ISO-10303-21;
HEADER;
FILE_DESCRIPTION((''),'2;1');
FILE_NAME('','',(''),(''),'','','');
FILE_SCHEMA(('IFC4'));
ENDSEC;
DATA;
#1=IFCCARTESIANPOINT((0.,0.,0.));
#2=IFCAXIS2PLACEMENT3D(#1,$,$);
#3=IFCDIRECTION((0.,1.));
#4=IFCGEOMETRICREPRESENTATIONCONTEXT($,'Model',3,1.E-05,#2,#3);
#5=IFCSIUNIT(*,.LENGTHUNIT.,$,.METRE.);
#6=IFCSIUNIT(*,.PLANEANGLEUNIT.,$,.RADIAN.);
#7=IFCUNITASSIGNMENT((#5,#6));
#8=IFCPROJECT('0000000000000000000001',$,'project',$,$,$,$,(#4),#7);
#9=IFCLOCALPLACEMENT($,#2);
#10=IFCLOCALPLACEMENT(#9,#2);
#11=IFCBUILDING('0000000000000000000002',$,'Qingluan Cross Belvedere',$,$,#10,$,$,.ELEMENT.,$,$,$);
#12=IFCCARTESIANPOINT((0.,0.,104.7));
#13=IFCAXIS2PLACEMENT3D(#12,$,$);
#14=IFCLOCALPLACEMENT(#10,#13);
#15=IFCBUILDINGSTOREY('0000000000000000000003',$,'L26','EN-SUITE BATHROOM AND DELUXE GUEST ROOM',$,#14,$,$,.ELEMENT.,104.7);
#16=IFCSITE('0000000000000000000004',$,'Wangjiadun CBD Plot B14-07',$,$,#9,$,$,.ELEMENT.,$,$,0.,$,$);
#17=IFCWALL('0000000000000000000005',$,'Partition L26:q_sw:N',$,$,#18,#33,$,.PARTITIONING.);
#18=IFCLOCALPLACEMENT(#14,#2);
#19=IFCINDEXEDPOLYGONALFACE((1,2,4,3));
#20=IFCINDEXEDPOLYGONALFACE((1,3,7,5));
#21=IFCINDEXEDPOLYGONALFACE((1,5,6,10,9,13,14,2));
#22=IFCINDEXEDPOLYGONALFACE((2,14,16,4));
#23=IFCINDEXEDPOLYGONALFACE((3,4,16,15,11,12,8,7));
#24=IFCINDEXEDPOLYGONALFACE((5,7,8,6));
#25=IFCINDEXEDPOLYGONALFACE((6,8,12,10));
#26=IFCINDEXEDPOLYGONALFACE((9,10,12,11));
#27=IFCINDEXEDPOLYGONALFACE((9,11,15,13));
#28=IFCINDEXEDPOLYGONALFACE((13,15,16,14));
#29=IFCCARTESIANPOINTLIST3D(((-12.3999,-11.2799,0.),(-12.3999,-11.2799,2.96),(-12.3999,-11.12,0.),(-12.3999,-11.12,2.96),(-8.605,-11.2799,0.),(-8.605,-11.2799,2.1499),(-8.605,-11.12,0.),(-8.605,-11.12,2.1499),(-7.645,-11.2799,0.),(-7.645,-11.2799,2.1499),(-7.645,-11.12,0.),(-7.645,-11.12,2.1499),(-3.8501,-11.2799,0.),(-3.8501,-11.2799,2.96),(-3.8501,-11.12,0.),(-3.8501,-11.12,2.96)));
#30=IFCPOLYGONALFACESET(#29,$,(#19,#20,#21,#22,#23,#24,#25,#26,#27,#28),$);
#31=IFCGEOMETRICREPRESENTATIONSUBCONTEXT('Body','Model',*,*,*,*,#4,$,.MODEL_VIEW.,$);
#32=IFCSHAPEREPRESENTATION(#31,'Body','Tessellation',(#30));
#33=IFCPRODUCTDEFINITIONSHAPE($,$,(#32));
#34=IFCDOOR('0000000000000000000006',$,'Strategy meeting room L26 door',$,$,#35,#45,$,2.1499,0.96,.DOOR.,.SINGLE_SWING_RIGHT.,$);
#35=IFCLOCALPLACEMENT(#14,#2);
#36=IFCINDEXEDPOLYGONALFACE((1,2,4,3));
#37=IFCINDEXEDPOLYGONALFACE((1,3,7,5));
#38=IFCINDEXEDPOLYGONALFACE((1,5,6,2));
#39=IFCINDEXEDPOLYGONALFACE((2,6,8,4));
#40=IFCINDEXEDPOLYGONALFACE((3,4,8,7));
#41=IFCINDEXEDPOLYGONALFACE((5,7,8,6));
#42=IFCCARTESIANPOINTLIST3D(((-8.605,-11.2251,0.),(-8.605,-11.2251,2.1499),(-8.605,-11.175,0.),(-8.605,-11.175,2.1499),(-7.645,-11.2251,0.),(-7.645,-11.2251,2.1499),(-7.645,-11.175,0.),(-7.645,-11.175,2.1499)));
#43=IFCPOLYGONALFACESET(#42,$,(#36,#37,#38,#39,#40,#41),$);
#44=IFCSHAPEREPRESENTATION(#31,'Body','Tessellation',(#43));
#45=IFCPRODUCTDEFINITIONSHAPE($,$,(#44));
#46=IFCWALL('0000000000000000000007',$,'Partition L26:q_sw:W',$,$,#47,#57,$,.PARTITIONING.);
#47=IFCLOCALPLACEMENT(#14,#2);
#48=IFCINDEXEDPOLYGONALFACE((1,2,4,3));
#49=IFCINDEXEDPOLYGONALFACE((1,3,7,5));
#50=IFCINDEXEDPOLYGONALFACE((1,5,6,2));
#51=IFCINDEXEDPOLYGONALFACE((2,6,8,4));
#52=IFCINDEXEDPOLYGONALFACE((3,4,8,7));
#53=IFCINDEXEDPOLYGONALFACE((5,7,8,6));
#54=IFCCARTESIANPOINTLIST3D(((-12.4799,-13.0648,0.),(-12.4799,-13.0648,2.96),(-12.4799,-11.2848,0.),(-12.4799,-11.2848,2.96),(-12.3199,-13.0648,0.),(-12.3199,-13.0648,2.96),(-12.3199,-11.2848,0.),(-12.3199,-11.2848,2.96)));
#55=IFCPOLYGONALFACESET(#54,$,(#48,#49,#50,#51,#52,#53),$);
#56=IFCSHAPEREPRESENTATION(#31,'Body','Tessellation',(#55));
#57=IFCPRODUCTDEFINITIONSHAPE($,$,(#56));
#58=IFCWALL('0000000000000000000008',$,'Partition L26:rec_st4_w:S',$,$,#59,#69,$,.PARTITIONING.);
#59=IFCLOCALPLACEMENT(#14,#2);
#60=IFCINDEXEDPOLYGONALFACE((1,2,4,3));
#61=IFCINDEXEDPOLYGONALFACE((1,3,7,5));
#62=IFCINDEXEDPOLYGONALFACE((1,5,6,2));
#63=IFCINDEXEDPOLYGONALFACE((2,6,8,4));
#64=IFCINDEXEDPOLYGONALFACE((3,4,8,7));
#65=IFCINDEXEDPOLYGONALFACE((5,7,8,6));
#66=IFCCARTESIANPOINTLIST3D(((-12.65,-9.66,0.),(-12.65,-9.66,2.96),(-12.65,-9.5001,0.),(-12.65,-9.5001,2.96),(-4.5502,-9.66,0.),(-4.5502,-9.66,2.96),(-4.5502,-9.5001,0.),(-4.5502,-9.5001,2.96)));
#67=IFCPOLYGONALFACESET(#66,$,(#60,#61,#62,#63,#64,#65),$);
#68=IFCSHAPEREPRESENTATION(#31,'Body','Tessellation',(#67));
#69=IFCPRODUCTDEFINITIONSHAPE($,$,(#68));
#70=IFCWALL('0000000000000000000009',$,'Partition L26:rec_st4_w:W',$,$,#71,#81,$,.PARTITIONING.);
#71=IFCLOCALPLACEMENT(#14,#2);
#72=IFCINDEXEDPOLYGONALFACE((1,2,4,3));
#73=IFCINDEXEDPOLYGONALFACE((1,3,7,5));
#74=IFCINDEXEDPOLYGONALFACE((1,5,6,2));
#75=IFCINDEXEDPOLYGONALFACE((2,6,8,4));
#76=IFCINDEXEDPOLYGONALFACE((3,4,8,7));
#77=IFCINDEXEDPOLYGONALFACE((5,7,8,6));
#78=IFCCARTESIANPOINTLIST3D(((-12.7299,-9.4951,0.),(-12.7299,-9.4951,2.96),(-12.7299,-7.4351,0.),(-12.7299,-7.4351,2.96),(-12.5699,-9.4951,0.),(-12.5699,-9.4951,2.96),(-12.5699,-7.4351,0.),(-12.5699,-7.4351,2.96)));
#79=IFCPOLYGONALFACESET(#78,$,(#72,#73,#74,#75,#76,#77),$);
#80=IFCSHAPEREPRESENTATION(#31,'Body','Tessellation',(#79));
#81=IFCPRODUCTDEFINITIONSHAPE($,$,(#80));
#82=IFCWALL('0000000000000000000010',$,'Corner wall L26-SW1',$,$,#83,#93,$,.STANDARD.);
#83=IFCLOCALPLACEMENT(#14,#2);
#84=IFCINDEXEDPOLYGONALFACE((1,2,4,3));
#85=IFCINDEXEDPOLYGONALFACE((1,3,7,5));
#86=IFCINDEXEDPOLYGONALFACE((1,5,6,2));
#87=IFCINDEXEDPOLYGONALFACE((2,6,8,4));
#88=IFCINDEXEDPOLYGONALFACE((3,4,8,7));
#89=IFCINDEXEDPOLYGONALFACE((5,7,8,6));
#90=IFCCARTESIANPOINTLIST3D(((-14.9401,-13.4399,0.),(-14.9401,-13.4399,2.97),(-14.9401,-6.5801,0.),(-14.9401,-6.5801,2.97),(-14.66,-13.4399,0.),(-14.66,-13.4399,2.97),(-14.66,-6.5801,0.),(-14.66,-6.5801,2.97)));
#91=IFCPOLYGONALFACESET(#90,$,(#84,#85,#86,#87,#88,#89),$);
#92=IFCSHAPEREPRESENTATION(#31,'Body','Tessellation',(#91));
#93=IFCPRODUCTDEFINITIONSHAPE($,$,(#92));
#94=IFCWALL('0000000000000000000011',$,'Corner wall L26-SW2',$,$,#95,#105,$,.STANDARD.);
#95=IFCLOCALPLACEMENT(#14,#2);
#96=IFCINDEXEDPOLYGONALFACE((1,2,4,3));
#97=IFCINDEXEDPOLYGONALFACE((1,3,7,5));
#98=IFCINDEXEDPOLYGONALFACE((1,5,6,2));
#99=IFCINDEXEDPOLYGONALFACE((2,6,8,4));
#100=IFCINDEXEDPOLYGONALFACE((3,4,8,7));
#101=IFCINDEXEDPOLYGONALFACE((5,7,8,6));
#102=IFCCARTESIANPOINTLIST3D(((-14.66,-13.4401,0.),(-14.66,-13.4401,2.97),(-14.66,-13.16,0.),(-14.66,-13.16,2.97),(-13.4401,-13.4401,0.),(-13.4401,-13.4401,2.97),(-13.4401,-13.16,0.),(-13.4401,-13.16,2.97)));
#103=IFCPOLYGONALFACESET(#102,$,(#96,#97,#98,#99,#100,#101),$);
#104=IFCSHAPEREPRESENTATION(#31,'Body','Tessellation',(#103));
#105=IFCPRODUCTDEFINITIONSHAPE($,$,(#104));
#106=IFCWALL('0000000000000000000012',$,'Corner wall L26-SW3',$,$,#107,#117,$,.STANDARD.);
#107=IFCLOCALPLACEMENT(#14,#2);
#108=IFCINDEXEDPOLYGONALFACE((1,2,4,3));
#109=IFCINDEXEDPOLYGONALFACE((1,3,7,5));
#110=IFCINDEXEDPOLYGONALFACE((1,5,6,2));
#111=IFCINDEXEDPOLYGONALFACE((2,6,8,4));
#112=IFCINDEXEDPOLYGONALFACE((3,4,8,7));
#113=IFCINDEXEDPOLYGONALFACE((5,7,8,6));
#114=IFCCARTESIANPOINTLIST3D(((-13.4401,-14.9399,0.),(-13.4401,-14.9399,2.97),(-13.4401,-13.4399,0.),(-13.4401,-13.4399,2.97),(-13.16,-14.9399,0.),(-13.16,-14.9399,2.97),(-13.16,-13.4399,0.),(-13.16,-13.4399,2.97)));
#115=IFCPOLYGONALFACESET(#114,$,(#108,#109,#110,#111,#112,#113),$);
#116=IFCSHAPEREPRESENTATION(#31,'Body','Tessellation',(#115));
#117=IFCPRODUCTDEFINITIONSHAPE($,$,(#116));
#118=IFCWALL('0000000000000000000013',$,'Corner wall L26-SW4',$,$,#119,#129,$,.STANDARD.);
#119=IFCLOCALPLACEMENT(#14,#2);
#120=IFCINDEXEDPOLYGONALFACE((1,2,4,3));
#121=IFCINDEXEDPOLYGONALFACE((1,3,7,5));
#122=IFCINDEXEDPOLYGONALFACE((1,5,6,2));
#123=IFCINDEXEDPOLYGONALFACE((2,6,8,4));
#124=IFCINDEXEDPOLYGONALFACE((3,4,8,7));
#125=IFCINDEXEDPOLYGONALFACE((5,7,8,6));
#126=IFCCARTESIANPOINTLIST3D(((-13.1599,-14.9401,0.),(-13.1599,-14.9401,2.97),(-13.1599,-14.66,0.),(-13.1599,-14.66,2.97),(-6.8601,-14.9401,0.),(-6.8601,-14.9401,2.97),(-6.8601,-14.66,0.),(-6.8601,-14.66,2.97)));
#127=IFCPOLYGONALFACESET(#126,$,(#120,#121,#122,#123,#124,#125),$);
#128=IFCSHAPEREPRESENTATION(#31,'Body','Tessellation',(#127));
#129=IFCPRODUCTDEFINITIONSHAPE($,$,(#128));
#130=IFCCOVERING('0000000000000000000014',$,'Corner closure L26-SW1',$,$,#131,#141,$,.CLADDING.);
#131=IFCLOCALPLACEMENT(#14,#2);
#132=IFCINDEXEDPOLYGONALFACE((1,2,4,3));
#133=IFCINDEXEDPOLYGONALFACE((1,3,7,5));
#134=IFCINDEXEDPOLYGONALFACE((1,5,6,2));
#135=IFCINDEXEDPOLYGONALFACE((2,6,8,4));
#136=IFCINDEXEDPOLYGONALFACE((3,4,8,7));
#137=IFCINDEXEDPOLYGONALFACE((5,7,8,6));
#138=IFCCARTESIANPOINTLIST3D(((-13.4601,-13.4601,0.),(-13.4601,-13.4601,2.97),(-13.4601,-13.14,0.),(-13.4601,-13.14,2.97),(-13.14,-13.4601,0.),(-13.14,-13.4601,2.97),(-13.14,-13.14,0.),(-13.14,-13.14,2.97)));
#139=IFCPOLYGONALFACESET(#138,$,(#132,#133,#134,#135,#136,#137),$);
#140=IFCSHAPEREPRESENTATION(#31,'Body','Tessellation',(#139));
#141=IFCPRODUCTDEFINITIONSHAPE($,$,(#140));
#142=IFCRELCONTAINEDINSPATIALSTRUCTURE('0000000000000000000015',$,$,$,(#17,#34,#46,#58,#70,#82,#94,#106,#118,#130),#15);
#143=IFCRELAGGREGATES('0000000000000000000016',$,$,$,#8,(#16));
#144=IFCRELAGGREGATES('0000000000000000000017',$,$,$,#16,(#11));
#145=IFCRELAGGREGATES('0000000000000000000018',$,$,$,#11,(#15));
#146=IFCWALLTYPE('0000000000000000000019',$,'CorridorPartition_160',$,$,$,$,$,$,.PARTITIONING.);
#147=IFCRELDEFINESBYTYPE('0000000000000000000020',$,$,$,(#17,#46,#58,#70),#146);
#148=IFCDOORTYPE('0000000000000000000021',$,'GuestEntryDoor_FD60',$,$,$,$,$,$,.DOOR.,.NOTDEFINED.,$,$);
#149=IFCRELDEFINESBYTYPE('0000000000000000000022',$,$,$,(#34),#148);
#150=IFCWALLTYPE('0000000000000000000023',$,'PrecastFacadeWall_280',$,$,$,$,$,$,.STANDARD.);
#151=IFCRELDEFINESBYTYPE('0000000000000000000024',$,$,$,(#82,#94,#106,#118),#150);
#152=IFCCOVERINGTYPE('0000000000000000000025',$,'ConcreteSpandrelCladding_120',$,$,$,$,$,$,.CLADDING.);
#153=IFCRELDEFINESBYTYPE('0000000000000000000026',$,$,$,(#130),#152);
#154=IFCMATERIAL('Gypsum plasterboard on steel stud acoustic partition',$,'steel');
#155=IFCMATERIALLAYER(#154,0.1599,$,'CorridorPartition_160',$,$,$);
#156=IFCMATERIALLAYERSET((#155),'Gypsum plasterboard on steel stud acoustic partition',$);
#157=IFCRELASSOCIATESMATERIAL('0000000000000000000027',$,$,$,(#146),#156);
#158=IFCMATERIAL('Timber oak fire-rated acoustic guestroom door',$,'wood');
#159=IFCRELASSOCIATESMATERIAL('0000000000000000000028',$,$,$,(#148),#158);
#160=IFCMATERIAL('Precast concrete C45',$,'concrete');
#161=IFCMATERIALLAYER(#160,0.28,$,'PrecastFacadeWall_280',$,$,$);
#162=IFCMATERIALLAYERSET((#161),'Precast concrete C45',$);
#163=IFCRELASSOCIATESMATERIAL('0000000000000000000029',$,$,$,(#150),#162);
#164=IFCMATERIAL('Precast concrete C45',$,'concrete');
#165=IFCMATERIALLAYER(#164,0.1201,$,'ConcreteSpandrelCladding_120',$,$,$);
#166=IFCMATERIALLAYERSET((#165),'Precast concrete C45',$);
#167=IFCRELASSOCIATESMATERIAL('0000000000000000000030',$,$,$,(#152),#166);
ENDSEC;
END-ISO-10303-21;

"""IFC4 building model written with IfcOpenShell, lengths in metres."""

from ifc_helpers import new_model, si_unit, direction, frame, frame_2d, origin, origin_2d, place, context, subcontext, project, spatial, rectangle, extrude, material, layer, layer_set, type_object, element, fill, save


model = new_model("IFC4")

# Units and contexts
model_context = context("Model", 3, precision=1e-05, world=origin(), true_north=direction((0.0, 1.0)))
body_context = subcontext(model_context, "Body", "Model", "MODEL_VIEW")
ifc_project = project(units=[si_unit("LENGTHUNIT", "METRE"), si_unit("PLANEANGLEUNIT", "RADIAN")], contexts=[model_context])

# Site, building, storey
site_placement = place(None, origin())
site = spatial("IfcSite", under=ifc_project, at=site_placement, Name="Wangjiadun CBD Plot B14-07", CompositionType="ELEMENT", RefElevation=0.0)
building_placement = place(site_placement, origin())
building = spatial("IfcBuilding", under=site, at=building_placement, Name="Qingluan Cross Belvedere", CompositionType="ELEMENT")
storey_placement = place(building_placement, frame((0.0, 0.0, 104.7)))
storey = spatial("IfcBuildingStorey", under=building, at=storey_placement, Name="L26", Description="EN-SUITE BATHROOM AND DELUXE GUEST ROOM", CompositionType="ELEMENT", Elevation=104.7)

# Shared definitions
ifc_material_1 = material(Name="Gypsum plasterboard on steel stud acoustic partition", Category="steel")
ifc_layer_1 = layer(ifc_material_1, 0.1599, Name="CorridorPartition_160")
ifc_layer_set_1 = layer_set([ifc_layer_1], Name="Gypsum plasterboard on steel stud acoustic partition")
wall_type_1 = type_object("IfcWallType", Name="CorridorPartition_160", PredefinedType="PARTITIONING", material=ifc_layer_set_1)

# Wall, opening, door
wall_1_placement = place(storey_placement, frame((-12.3999, -11.2, 0.0), z_axis=(0.0, 0.0, 1.0), x_axis=(1.0, 0.0, 0.0)))
wall_1 = element("IfcWall", 1, at=wall_1_placement, inside=storey, type_object=wall_type_1, Name="Partition L26:q_sw:N", PredefinedType="PARTITIONING", context=body_context, shape_type="SweptSolid", body=[
    extrude(rectangle(XDim=8.5498, YDim=0.1599, at=frame_2d((4.2749, 0.0))), origin(), (0.0, 0.0, 1.0), 2.96),
])
opening_placement = place(wall_1_placement, frame((3.7949, 0.0, 0.0)))
opening = element("IfcOpeningElement", 2, at=opening_placement, cuts=wall_1, PredefinedType="OPENING", context=body_context, shape_type="SweptSolid", body=[
    extrude(rectangle(XDim=0.96, YDim=2.1499, at=frame_2d((0.48, 1.075))), frame((0.0, 0.0898, 0.0), z_axis=(0.0, -1.0, 0.0), x_axis=(1.0, 0.0, 0.0)), (0.0, 0.0, 1.0), 0.1799),
])
ifc_material_2 = material(Name="Timber oak fire-rated acoustic guestroom door", Category="wood")
door_type = type_object("IfcDoorType", Name="GuestEntryDoor_FD60", OperationType="NOTDEFINED", PredefinedType="DOOR", material=ifc_material_2)
door_placement = place(opening_placement, origin())
door = element("IfcDoor", 3, at=door_placement, inside=storey, type_object=door_type, Name="Strategy meeting room L26 door", OperationType="SINGLE_SWING_RIGHT", OverallHeight=2.1499, OverallWidth=0.96, PredefinedType="DOOR", context=body_context, shape_type="SweptSolid", body=[
    extrude(rectangle(XDim=0.96, YDim=2.1499, at=frame_2d((0.48, 1.075))), frame((0.0, 0.0249, 0.0), z_axis=(0.0, -1.0, 0.0), x_axis=(1.0, 0.0, 0.0)), (0.0, 0.0, 1.0), 0.05),
])
fill(opening, door)

# Walls
wall_2_placement = place(storey_placement, frame((-12.3999, -13.0649, 0.0), z_axis=(0.0, 0.0, 1.0), x_axis=(0.0, 1.0, 0.0)))
element("IfcWall", 4, at=wall_2_placement, inside=storey, type_object=wall_type_1, Name="Partition L26:q_sw:W", PredefinedType="PARTITIONING", context=body_context, shape_type="SweptSolid", body=[
    extrude(rectangle(XDim=1.78, YDim=0.1599, at=frame_2d((0.8901, 0.0))), origin(), (0.0, 0.0, 1.0), 2.96),
])
wall_3_placement = place(storey_placement, frame((-12.6499, -9.5801, 0.0), z_axis=(0.0, 0.0, 1.0), x_axis=(1.0, 0.0, 0.0)))
element("IfcWall", 5, at=wall_3_placement, inside=storey, type_object=wall_type_1, Name="Partition L26:rec_st4_w:S", PredefinedType="PARTITIONING", context=body_context, shape_type="SweptSolid", body=[
    extrude(rectangle(XDim=8.0999, YDim=0.1599, at=frame_2d((4.0498, 0.0))), origin(), (0.0, 0.0, 1.0), 2.96),
])
wall_4_placement = place(storey_placement, frame((-12.6499, -9.4951, 0.0), z_axis=(0.0, 0.0, 1.0), x_axis=(0.0, 1.0, 0.0)))
element("IfcWall", 6, at=wall_4_placement, inside=storey, type_object=wall_type_1, Name="Partition L26:rec_st4_w:W", PredefinedType="PARTITIONING", context=body_context, shape_type="SweptSolid", body=[
    extrude(rectangle(XDim=2.0601, YDim=0.1599, at=frame_2d((1.03, 0.0))), origin(), (0.0, 0.0, 1.0), 2.96),
])
ifc_material_3 = material(Name="Precast concrete C45", Category="concrete")
ifc_layer_2 = layer(ifc_material_3, 0.28, Name="PrecastFacadeWall_280")
ifc_layer_set_2 = layer_set([ifc_layer_2], Name="Precast concrete C45")
wall_type_2 = type_object("IfcWallType", Name="PrecastFacadeWall_280", PredefinedType="STANDARD", material=ifc_layer_set_2)
wall_5_placement = place(storey_placement, frame((-14.8, -6.5801, 0.0), z_axis=(0.0, 0.0, 1.0), x_axis=(0.0, -1.0, 0.0)))
element("IfcWall", 7, at=wall_5_placement, inside=storey, type_object=wall_type_2, Name="Corner wall L26-SW1", PredefinedType="STANDARD", context=body_context, shape_type="SweptSolid", body=[
    extrude(rectangle(XDim=6.8599, YDim=0.28, at=frame_2d((3.4299, 0.0))), origin(), (0.0, 0.0, 1.0), 2.97),
])
wall_6_placement = place(storey_placement, frame((-14.6599, -13.3, 0.0), z_axis=(0.0, 0.0, 1.0), x_axis=(1.0, 0.0, 0.0)))
element("IfcWall", 8, at=wall_6_placement, inside=storey, type_object=wall_type_2, Name="Corner wall L26-SW2", PredefinedType="STANDARD", context=body_context, shape_type="SweptSolid", body=[
    extrude(rectangle(XDim=1.22, YDim=0.28, at=frame_2d((0.6099, 0.0))), origin(), (0.0, 0.0, 1.0), 2.97),
])
wall_7_placement = place(storey_placement, frame((-13.3, -13.4399, 0.0), z_axis=(0.0, 0.0, 1.0), x_axis=(0.0, -1.0, 0.0)))
element("IfcWall", 9, at=wall_7_placement, inside=storey, type_object=wall_type_2, Name="Corner wall L26-SW3", PredefinedType="STANDARD", context=body_context, shape_type="SweptSolid", body=[
    extrude(rectangle(XDim=1.5, YDim=0.28, at=frame_2d((0.75, 0.0))), origin(), (0.0, 0.0, 1.0), 2.97),
])
wall_8_placement = place(storey_placement, frame((-13.1599, -14.8, 0.0), z_axis=(0.0, 0.0, 1.0), x_axis=(1.0, 0.0, 0.0)))
element("IfcWall", 10, at=wall_8_placement, inside=storey, type_object=wall_type_2, Name="Corner wall L26-SW4", PredefinedType="STANDARD", context=body_context, shape_type="SweptSolid", body=[
    extrude(rectangle(XDim=6.2998, YDim=0.28, at=frame_2d((3.1499, 0.0))), origin(), (0.0, 0.0, 1.0), 2.97),
])

# Covering
ifc_material_4 = material(Name="Precast concrete C45", Category="concrete")
ifc_layer_3 = layer(ifc_material_4, 0.1201, Name="ConcreteSpandrelCladding_120")
ifc_layer_set_3 = layer_set([ifc_layer_3], Name="Precast concrete C45")
covering_type = type_object("IfcCoveringType", Name="ConcreteSpandrelCladding_120", PredefinedType="CLADDING", material=ifc_layer_set_3)
covering_placement = place(storey_placement, frame((-13.3, -13.3, 0.0), z_axis=(0.0, 0.0, 1.0), x_axis=(1.0, 0.0, 0.0)))
element("IfcCovering", 11, at=covering_placement, inside=storey, type_object=covering_type, Name="Corner closure L26-SW1", PredefinedType="CLADDING", context=body_context, shape_type="SweptSolid", body=[
    extrude(rectangle(XDim=0.3201, YDim=0.3201, at=origin_2d()), origin(), (0.0, 0.0, 1.0), 2.97),
])

save(model, "model.ifc")
